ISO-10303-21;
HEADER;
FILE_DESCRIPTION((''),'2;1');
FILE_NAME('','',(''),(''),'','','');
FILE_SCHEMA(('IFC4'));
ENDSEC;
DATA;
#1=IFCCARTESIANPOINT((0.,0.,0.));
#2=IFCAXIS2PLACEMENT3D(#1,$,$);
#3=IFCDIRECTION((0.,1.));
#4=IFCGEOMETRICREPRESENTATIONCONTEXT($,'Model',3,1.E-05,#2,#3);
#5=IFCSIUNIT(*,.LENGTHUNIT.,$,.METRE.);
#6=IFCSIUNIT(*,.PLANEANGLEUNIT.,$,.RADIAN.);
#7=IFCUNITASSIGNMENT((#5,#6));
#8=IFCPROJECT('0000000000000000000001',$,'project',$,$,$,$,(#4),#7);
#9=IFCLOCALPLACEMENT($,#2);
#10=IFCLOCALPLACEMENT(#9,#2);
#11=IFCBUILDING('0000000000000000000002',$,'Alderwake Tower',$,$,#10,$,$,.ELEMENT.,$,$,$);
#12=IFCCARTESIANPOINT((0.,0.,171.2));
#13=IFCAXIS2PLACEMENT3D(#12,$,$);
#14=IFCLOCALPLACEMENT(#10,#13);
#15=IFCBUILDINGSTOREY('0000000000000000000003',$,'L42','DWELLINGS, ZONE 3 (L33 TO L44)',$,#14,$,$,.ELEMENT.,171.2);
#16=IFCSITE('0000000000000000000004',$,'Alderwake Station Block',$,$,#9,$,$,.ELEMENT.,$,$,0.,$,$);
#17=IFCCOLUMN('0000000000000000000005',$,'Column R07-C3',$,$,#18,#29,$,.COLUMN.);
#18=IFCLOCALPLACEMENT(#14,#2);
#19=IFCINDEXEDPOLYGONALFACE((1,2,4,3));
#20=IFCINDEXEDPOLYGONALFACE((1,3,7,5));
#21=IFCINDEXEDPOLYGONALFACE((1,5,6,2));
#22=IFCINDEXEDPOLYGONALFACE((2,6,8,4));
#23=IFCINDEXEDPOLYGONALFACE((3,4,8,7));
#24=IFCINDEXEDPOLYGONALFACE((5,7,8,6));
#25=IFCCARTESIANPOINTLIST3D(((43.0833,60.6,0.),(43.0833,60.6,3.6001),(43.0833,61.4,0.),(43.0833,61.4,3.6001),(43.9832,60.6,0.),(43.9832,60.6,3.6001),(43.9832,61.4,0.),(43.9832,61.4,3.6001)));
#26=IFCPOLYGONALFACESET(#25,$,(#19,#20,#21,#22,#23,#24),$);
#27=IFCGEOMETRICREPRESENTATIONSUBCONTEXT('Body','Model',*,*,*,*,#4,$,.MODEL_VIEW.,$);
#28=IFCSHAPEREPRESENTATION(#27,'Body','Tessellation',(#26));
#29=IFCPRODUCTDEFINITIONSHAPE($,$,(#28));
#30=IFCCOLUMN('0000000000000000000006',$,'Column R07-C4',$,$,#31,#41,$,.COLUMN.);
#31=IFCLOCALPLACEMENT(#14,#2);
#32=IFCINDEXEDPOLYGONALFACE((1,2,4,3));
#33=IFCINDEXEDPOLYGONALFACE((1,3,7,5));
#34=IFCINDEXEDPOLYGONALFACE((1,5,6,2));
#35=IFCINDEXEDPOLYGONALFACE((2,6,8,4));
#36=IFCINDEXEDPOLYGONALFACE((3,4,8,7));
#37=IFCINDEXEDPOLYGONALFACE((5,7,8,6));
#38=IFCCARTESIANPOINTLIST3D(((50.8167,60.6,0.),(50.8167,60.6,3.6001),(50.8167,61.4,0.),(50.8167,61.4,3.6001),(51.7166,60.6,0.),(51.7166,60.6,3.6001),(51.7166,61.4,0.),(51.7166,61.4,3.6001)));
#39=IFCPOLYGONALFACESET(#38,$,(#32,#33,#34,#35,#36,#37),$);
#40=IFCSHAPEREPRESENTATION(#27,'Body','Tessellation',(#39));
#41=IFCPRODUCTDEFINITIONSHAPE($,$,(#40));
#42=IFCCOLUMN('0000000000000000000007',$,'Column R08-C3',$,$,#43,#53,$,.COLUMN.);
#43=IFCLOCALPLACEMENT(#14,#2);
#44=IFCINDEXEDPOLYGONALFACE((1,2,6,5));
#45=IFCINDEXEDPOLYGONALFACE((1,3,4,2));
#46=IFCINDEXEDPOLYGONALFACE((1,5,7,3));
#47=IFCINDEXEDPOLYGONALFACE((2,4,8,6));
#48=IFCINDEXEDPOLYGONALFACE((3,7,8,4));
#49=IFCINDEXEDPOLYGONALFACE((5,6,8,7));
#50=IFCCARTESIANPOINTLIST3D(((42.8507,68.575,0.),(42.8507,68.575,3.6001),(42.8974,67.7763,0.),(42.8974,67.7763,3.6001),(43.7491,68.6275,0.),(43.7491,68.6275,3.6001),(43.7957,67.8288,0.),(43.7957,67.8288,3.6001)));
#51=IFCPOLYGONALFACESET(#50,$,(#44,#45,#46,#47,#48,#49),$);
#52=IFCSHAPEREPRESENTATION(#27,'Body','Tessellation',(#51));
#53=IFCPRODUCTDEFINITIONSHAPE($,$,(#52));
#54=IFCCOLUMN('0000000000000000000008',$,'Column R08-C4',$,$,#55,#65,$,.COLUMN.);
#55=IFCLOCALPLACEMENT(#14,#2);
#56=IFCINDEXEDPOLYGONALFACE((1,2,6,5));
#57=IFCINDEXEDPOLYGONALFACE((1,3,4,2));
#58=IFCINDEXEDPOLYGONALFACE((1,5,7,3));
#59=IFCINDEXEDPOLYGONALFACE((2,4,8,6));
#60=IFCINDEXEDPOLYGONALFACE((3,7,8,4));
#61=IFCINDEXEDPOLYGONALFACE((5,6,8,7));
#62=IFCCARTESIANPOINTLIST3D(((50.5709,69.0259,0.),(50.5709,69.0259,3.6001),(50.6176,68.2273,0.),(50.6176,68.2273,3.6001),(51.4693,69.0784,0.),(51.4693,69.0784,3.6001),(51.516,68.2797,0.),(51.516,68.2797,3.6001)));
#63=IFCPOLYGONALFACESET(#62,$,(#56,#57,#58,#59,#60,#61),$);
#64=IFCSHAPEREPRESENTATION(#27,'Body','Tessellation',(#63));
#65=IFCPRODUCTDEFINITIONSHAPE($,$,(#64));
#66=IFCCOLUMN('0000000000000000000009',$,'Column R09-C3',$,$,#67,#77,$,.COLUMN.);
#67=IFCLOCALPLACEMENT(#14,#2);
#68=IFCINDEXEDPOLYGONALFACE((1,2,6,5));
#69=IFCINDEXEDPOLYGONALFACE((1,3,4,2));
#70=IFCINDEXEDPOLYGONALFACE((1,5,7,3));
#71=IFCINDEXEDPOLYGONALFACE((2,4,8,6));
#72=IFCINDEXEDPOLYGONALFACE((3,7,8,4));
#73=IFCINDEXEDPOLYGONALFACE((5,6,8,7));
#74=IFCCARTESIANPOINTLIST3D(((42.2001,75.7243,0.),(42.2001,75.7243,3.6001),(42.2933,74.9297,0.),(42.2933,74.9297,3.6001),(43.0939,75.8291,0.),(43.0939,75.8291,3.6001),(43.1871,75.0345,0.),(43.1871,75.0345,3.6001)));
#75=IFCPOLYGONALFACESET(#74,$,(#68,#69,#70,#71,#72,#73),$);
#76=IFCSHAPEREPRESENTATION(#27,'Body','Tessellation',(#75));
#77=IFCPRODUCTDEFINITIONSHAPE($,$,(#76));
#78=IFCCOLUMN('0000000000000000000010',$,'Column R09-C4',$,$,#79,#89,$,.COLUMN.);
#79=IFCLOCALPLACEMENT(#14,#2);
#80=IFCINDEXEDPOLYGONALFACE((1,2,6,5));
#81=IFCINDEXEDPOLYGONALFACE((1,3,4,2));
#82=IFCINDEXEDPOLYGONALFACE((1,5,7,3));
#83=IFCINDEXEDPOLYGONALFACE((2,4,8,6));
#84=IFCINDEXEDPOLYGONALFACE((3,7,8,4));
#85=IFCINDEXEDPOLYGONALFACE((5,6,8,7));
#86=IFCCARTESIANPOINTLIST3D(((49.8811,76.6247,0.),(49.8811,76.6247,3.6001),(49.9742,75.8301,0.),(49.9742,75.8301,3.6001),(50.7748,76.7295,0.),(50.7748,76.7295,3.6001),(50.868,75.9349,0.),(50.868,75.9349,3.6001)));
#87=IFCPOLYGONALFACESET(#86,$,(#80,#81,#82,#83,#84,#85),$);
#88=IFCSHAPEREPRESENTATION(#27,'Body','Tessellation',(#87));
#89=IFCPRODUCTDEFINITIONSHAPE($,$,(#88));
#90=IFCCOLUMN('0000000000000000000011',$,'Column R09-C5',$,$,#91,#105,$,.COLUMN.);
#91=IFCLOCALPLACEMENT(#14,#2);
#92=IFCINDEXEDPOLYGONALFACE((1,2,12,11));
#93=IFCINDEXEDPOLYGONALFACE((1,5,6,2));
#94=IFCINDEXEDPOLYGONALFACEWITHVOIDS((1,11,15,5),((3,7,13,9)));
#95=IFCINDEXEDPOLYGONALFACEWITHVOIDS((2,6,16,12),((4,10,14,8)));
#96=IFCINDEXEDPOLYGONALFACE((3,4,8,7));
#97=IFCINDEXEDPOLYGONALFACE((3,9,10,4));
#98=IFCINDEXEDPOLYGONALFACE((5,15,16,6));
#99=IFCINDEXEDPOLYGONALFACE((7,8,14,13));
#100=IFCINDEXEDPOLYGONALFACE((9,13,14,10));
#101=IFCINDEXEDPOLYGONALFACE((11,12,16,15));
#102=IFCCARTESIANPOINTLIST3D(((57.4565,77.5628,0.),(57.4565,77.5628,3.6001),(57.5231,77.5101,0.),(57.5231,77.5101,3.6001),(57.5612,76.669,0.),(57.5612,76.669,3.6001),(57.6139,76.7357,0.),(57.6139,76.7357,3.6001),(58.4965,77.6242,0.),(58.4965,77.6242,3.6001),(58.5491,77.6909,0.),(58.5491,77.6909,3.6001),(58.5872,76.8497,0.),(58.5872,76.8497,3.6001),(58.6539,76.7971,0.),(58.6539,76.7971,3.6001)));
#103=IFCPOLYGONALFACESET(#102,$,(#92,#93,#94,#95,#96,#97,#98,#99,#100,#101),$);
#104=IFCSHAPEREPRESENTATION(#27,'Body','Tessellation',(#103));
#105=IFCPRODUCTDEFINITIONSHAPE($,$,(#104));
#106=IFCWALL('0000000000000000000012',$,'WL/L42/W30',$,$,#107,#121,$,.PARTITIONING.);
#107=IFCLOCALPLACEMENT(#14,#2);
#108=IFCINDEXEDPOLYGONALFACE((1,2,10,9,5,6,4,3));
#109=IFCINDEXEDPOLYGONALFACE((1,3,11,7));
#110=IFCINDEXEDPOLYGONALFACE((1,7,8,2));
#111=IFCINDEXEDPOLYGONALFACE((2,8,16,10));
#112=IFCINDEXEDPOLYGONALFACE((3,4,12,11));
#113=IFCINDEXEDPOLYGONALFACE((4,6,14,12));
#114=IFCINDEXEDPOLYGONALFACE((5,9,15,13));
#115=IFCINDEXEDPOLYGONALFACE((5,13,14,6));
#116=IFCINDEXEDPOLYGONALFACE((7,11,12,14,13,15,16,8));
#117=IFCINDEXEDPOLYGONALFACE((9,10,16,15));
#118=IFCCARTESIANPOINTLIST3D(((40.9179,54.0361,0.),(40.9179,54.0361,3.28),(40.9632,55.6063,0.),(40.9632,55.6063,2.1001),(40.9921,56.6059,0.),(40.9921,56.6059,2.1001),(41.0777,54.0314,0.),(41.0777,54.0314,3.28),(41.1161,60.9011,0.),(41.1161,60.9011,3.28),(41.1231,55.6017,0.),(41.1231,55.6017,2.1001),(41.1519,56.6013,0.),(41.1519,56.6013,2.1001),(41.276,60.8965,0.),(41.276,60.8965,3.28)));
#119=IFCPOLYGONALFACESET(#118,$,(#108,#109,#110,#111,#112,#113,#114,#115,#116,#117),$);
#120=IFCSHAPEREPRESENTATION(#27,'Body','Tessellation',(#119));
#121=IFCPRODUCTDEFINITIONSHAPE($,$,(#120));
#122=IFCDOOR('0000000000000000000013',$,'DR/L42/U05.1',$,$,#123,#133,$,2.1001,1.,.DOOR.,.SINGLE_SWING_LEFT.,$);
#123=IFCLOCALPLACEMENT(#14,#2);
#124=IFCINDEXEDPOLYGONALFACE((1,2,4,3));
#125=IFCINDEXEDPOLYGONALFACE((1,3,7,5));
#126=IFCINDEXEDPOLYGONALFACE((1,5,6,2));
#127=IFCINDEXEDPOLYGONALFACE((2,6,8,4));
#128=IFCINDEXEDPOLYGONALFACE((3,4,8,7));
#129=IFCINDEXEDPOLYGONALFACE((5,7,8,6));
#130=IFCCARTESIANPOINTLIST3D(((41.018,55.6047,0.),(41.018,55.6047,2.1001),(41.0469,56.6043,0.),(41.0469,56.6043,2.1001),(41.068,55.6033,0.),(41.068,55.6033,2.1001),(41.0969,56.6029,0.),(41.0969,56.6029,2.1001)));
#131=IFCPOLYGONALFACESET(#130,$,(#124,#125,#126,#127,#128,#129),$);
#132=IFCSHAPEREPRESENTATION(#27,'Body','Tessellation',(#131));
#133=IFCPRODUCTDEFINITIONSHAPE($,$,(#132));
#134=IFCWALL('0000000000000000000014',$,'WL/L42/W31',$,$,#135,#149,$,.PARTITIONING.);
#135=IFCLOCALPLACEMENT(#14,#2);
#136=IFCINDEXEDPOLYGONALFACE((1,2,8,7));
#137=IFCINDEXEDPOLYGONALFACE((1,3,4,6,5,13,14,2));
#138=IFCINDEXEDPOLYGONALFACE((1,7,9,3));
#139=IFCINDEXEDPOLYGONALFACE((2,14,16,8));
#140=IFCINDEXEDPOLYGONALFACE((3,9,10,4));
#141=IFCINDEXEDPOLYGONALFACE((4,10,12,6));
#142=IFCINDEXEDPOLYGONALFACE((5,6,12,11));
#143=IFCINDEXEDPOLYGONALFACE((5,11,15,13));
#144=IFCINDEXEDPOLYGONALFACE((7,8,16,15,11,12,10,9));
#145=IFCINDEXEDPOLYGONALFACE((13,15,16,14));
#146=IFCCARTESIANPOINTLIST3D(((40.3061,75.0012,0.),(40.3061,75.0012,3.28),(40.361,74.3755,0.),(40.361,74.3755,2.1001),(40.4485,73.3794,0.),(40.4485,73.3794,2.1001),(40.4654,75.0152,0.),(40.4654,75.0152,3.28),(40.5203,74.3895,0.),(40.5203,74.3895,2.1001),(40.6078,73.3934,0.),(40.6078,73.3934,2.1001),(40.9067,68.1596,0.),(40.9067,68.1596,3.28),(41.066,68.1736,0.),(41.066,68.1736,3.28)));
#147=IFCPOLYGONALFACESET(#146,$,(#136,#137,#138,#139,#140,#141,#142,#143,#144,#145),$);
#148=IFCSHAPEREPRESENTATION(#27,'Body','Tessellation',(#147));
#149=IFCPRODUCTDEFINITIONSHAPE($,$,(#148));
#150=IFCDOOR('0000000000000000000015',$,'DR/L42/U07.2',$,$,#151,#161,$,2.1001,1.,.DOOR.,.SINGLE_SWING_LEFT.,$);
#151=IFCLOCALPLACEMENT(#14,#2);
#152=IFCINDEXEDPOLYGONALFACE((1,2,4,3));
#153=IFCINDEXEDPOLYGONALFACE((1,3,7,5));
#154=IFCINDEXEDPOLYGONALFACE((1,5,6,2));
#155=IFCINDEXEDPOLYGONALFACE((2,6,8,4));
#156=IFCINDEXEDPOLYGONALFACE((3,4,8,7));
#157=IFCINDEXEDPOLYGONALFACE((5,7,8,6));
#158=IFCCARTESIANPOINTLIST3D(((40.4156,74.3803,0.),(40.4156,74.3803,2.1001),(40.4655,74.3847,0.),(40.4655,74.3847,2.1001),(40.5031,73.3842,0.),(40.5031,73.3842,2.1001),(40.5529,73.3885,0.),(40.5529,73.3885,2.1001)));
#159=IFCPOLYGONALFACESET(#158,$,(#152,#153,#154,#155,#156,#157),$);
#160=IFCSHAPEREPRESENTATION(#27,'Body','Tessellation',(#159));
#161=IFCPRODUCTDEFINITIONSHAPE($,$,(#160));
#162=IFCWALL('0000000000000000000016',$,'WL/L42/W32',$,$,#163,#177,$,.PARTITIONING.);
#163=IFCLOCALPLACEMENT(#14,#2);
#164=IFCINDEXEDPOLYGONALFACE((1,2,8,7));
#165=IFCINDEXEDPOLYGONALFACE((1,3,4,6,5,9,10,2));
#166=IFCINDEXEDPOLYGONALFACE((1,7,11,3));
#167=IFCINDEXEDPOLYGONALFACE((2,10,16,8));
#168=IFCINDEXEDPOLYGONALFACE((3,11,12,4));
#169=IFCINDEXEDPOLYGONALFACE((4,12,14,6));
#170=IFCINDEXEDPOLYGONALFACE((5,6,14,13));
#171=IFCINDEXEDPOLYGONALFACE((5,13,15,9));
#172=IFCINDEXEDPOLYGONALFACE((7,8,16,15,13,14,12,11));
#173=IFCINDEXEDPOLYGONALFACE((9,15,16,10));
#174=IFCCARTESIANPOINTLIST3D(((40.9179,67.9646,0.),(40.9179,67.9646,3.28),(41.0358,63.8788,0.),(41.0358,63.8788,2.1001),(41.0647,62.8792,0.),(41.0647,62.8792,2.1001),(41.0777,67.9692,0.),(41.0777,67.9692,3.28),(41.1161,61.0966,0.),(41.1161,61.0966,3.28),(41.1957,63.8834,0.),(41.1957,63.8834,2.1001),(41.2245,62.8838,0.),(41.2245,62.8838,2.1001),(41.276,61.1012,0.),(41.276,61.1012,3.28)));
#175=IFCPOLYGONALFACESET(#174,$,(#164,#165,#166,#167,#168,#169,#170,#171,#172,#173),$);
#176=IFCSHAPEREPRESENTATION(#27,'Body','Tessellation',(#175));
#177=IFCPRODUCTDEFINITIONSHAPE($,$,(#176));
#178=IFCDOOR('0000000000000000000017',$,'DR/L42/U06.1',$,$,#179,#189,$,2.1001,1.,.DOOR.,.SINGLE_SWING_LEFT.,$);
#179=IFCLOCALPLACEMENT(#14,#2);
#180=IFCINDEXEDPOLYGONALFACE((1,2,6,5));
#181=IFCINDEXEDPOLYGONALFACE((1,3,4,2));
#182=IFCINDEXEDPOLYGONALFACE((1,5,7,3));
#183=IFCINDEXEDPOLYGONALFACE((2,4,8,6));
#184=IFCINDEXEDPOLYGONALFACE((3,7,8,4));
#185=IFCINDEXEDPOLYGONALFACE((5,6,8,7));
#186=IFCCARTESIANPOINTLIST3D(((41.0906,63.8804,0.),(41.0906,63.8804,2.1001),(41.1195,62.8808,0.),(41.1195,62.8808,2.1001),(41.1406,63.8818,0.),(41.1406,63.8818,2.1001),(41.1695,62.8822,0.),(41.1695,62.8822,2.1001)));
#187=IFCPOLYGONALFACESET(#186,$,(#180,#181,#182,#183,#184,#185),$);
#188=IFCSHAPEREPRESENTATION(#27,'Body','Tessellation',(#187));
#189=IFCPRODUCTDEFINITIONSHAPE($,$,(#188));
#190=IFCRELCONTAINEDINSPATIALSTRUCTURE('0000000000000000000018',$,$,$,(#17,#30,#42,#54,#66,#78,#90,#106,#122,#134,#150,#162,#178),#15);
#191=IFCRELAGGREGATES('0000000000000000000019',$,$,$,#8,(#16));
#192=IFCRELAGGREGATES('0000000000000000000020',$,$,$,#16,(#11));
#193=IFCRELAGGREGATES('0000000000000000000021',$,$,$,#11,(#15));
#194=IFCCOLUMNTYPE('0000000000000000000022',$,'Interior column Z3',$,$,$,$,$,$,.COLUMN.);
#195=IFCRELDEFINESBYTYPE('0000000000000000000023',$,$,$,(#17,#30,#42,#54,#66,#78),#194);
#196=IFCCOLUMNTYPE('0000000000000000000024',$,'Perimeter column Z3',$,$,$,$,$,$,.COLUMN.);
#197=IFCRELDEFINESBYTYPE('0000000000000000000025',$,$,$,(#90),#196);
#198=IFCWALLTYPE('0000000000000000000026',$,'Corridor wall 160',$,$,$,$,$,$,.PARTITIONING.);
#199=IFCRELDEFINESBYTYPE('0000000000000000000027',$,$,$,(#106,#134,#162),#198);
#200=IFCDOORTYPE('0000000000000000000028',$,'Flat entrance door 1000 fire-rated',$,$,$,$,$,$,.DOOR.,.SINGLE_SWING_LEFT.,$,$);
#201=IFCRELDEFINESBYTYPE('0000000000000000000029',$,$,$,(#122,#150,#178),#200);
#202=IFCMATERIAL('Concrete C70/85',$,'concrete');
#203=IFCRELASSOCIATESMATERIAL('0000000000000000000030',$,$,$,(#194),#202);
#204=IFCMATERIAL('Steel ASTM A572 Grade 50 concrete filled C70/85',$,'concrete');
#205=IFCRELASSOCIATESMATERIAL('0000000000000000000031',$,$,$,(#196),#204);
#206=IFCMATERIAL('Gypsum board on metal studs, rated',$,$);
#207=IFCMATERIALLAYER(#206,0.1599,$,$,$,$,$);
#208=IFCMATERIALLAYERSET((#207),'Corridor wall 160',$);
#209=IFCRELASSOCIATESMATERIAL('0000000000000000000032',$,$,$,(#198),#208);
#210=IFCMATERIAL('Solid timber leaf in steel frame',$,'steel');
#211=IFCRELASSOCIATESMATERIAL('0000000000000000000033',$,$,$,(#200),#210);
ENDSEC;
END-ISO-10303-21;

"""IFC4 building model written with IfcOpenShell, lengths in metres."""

from ifc_helpers import new_model, si_unit, direction, frame, frame_2d, origin, origin_2d, place, context, subcontext, project, spatial, rectangle, hollow_rectangle, extrude, material, layer, layer_set, material_profile, profile_set, type_object, element, fill, save


model = new_model("IFC4")

# Units and contexts
model_context = context("Model", 3, precision=1e-05, world=origin(), true_north=direction((0.0, 1.0)))
body_context = subcontext(model_context, "Body", "Model", "MODEL_VIEW")
ifc_project = project(units=[si_unit("LENGTHUNIT", "METRE"), si_unit("PLANEANGLEUNIT", "RADIAN")], contexts=[model_context])

# Site, building, storey
site_placement = place(None, origin())
site = spatial("IfcSite", under=ifc_project, at=site_placement, Name="Alderwake Station Block", CompositionType="ELEMENT", RefElevation=0.0)
building_placement = place(site_placement, origin())
building = spatial("IfcBuilding", under=site, at=building_placement, Name="Alderwake Tower", CompositionType="ELEMENT")
storey_placement = place(building_placement, frame((0.0, 0.0, 171.2)))
storey = spatial("IfcBuildingStorey", under=building, at=storey_placement, Name="L42", Description="DWELLINGS, ZONE 3 (L33 TO L44)", CompositionType="ELEMENT", Elevation=171.2)

# Columns
ifc_material_1 = material(Name="Concrete C70/85", Category="concrete")
ifc_material_profile_1 = material_profile(ifc_material_1, rectangle(XDim=0.8, YDim=0.8999, at=origin_2d()), Name="RC 900X800")
ifc_profile_set_1 = profile_set([ifc_material_profile_1], Name="Concrete C70/85")
column_type_1 = type_object("IfcColumnType", Name="Interior column Z3", PredefinedType="COLUMN", material=ifc_profile_set_1)
for number, where, z_axis, x_axis, name in (
    (1, (43.5332, 61.0, 0.0), (0.0, 0.0, 1.0), (0.0, 1.0, 0.0), "Column R07-C3"),
    (2, (51.2666, 61.0, 0.0), (0.0, 0.0, 1.0), (0.0, 1.0, 0.0), "Column R07-C4"),
    (3, (43.3232, 68.2019, 0.0), (0.0, 0.0, 1.0), (-0.058299, 0.998299, 0.0), "Column R08-C3"),
    (4, (51.0435, 68.6528, 0.0), (0.0, 0.0, 1.0), (-0.058301, 0.998299, 0.0), "Column R08-C4"),
    (5, (42.6936, 75.3794, 0.0), (0.0, 0.0, 1.0), (-0.116402, 0.993202, 0.0), "Column R09-C3"),
    (6, (50.3745, 76.2798, 0.0), (0.0, 0.0, 1.0), (-0.116402, 0.993202, 0.0), "Column R09-C4"),
):
    element("IfcColumn", number, at=place(storey_placement, frame(where, z_axis=z_axis, x_axis=x_axis)), inside=storey, type_object=column_type_1, Name=name, PredefinedType="COLUMN", context=body_context, shape_type="SweptSolid", body=[
        extrude(rectangle(XDim=0.8, YDim=0.8999, at=origin_2d()), origin(), (0.0, 0.0, 1.0), 3.6001),
    ])
ifc_material_2 = material(Name="Steel ASTM A572 Grade 50 concrete filled C70/85", Category="concrete")
ifc_material_profile_2 = material_profile(ifc_material_2, hollow_rectangle(XDim=0.8999, YDim=1.1001, WallThickness=0.0601, at=origin_2d()), Name="BOX 1100X900X60")
ifc_profile_set_2 = profile_set([ifc_material_profile_2], Name="Steel ASTM A572 Grade 50 concrete filled C70/85")
column_type_2 = type_object("IfcColumnType", Name="Perimeter column Z3", PredefinedType="COLUMN", material=ifc_profile_set_2)
column_placement = place(storey_placement, frame((58.0552, 77.1799, 0.0), z_axis=(0.0, 0.0, 1.0), x_axis=(-0.116402, 0.993202, 0.0)))
element("IfcColumn", 7, at=column_placement, inside=storey, type_object=column_type_2, Name="Column R09-C5", PredefinedType="COLUMN", context=body_context, shape_type="SweptSolid", body=[
    extrude(hollow_rectangle(XDim=0.8999, YDim=1.1001, WallThickness=0.0601, at=origin_2d()), origin(), (0.0, 0.0, 1.0), 3.6001),
])

# Walls, openings, doors
ifc_material_3 = material(Name="Gypsum board on metal studs, rated")
ifc_layer_1 = layer(ifc_material_3, 0.1599)
ifc_layer_set_1 = layer_set([ifc_layer_1], Name="Corridor wall 160")
wall_type_1 = type_object("IfcWallType", Name="Corridor wall 160", PredefinedType="PARTITIONING", material=ifc_layer_set_1)
wall_1_placement = place(storey_placement, frame((41.196, 60.8989, 0.0), z_axis=(0.0, 0.0, 1.0), x_axis=(-0.028865, -0.999583, 0.0)))
wall_1 = element("IfcWall", 8, at=wall_1_placement, inside=storey, type_object=wall_type_1, Name="WL/L42/W30", PredefinedType="PARTITIONING", context=body_context, shape_type="SweptSolid", body=[
    extrude(rectangle(XDim=6.8679, YDim=0.1599, at=frame_2d((3.4341, 0.0))), origin(), (0.0, 0.0, 1.0), 3.28),
])
opening_1_placement = place(wall_1_placement, frame((4.2971, 0.0, 0.0)))
opening_1 = element("IfcOpeningElement", 9, at=opening_1_placement, cuts=wall_1, PredefinedType="OPENING", context=body_context, shape_type="SweptSolid", body=[
    extrude(rectangle(XDim=1.0, YDim=2.1001, at=frame_2d((0.5, 1.05))), frame((0.0, 0.0898, 0.0), z_axis=(0.0, -1.0, 0.0), x_axis=(1.0, 0.0, 0.0)), (0.0, 0.0, 1.0), 0.1799),
])
ifc_material_4 = material(Name="Solid timber leaf in steel frame", Category="steel")
door_type_1 = type_object("IfcDoorType", Name="Flat entrance door 1000 fire-rated", OperationType="SINGLE_SWING_LEFT", PredefinedType="DOOR", material=ifc_material_4)
door_1_placement = place(opening_1_placement, origin())
door_1 = element("IfcDoor", 10, at=door_1_placement, inside=storey, type_object=door_type_1, Name="DR/L42/U05.1", OperationType="SINGLE_SWING_LEFT", OverallHeight=2.1001, OverallWidth=1.0, PredefinedType="DOOR", context=body_context, shape_type="SweptSolid", body=[
    extrude(rectangle(XDim=1.0, YDim=2.1001, at=frame_2d((0.5, 1.05))), frame((0.0, 0.0249, 0.0), z_axis=(0.0, -1.0, 0.0), x_axis=(1.0, 0.0, 0.0)), (0.0, 0.0, 1.0), 0.05),
])
fill(opening_1, door_1)
wall_2_placement = place(storey_placement, frame((40.3857, 75.0083, 0.0), z_axis=(0.0, 0.0, 1.0), x_axis=(0.087449, -0.996169, 0.0)))
wall_2 = element("IfcWall", 11, at=wall_2_placement, inside=storey, type_object=wall_type_1, Name="WL/L42/W31", PredefinedType="PARTITIONING", context=body_context, shape_type="SweptSolid", body=[
    extrude(rectangle(XDim=6.8679, YDim=0.1599, at=frame_2d((3.4341, 0.0))), origin(), (0.0, 0.0, 1.0), 3.28),
])
opening_2_placement = place(wall_2_placement, frame((0.6282, 0.0, 0.0)))
opening_2 = element("IfcOpeningElement", 12, at=opening_2_placement, cuts=wall_2, PredefinedType="OPENING", context=body_context, shape_type="SweptSolid", body=[
    extrude(rectangle(XDim=1.0, YDim=2.1001, at=frame_2d((0.5, 1.05))), frame((0.0, 0.0898, 0.0), z_axis=(0.0, -1.0, 0.0), x_axis=(1.0, 0.0, 0.0)), (0.0, 0.0, 1.0), 0.1799),
])
door_2_placement = place(opening_2_placement, origin())
door_2 = element("IfcDoor", 13, at=door_2_placement, inside=storey, type_object=door_type_1, Name="DR/L42/U07.2", OperationType="SINGLE_SWING_LEFT", OverallHeight=2.1001, OverallWidth=1.0, PredefinedType="DOOR", context=body_context, shape_type="SweptSolid", body=[
    extrude(rectangle(XDim=1.0, YDim=2.1001, at=frame_2d((0.5, 1.05))), frame((0.0, 0.0249, 0.0), z_axis=(0.0, -1.0, 0.0), x_axis=(1.0, 0.0, 0.0)), (0.0, 0.0, 1.0), 0.05),
])
fill(opening_2, door_2)
wall_3_placement = place(storey_placement, frame((40.9978, 67.967, 0.0), z_axis=(0.0, 0.0, 1.0), x_axis=(0.028853, -0.999584, 0.0)))
wall_3 = element("IfcWall", 14, at=wall_3_placement, inside=storey, type_object=wall_type_1, Name="WL/L42/W32", PredefinedType="PARTITIONING", context=body_context, shape_type="SweptSolid", body=[
    extrude(rectangle(XDim=6.8708, YDim=0.1599, at=frame_2d((3.4355, 0.0))), origin(), (0.0, 0.0, 1.0), 3.28),
])
opening_3_placement = place(wall_3_placement, frame((4.0876, 0.0, 0.0)))
opening_3 = element("IfcOpeningElement", 15, at=opening_3_placement, cuts=wall_3, PredefinedType="OPENING", context=body_context, shape_type="SweptSolid", body=[
    extrude(rectangle(XDim=1.0, YDim=2.1001, at=frame_2d((0.5, 1.05))), frame((0.0, 0.0898, 0.0), z_axis=(0.0, -1.0, 0.0), x_axis=(1.0, 0.0, 0.0)), (0.0, 0.0, 1.0), 0.1799),
])
door_3_placement = place(opening_3_placement, origin())
door_3 = element("IfcDoor", 16, at=door_3_placement, inside=storey, type_object=door_type_1, Name="DR/L42/U06.1", OperationType="SINGLE_SWING_LEFT", OverallHeight=2.1001, OverallWidth=1.0, PredefinedType="DOOR", context=body_context, shape_type="SweptSolid", body=[
    extrude(rectangle(XDim=1.0, YDim=2.1001, at=frame_2d((0.5, 1.05))), frame((0.0, 0.0249, 0.0), z_axis=(0.0, -1.0, 0.0), x_axis=(1.0, 0.0, 0.0)), (0.0, 0.0, 1.0), 0.05),
])
fill(opening_3, door_3)

save(model, "model.ifc")
